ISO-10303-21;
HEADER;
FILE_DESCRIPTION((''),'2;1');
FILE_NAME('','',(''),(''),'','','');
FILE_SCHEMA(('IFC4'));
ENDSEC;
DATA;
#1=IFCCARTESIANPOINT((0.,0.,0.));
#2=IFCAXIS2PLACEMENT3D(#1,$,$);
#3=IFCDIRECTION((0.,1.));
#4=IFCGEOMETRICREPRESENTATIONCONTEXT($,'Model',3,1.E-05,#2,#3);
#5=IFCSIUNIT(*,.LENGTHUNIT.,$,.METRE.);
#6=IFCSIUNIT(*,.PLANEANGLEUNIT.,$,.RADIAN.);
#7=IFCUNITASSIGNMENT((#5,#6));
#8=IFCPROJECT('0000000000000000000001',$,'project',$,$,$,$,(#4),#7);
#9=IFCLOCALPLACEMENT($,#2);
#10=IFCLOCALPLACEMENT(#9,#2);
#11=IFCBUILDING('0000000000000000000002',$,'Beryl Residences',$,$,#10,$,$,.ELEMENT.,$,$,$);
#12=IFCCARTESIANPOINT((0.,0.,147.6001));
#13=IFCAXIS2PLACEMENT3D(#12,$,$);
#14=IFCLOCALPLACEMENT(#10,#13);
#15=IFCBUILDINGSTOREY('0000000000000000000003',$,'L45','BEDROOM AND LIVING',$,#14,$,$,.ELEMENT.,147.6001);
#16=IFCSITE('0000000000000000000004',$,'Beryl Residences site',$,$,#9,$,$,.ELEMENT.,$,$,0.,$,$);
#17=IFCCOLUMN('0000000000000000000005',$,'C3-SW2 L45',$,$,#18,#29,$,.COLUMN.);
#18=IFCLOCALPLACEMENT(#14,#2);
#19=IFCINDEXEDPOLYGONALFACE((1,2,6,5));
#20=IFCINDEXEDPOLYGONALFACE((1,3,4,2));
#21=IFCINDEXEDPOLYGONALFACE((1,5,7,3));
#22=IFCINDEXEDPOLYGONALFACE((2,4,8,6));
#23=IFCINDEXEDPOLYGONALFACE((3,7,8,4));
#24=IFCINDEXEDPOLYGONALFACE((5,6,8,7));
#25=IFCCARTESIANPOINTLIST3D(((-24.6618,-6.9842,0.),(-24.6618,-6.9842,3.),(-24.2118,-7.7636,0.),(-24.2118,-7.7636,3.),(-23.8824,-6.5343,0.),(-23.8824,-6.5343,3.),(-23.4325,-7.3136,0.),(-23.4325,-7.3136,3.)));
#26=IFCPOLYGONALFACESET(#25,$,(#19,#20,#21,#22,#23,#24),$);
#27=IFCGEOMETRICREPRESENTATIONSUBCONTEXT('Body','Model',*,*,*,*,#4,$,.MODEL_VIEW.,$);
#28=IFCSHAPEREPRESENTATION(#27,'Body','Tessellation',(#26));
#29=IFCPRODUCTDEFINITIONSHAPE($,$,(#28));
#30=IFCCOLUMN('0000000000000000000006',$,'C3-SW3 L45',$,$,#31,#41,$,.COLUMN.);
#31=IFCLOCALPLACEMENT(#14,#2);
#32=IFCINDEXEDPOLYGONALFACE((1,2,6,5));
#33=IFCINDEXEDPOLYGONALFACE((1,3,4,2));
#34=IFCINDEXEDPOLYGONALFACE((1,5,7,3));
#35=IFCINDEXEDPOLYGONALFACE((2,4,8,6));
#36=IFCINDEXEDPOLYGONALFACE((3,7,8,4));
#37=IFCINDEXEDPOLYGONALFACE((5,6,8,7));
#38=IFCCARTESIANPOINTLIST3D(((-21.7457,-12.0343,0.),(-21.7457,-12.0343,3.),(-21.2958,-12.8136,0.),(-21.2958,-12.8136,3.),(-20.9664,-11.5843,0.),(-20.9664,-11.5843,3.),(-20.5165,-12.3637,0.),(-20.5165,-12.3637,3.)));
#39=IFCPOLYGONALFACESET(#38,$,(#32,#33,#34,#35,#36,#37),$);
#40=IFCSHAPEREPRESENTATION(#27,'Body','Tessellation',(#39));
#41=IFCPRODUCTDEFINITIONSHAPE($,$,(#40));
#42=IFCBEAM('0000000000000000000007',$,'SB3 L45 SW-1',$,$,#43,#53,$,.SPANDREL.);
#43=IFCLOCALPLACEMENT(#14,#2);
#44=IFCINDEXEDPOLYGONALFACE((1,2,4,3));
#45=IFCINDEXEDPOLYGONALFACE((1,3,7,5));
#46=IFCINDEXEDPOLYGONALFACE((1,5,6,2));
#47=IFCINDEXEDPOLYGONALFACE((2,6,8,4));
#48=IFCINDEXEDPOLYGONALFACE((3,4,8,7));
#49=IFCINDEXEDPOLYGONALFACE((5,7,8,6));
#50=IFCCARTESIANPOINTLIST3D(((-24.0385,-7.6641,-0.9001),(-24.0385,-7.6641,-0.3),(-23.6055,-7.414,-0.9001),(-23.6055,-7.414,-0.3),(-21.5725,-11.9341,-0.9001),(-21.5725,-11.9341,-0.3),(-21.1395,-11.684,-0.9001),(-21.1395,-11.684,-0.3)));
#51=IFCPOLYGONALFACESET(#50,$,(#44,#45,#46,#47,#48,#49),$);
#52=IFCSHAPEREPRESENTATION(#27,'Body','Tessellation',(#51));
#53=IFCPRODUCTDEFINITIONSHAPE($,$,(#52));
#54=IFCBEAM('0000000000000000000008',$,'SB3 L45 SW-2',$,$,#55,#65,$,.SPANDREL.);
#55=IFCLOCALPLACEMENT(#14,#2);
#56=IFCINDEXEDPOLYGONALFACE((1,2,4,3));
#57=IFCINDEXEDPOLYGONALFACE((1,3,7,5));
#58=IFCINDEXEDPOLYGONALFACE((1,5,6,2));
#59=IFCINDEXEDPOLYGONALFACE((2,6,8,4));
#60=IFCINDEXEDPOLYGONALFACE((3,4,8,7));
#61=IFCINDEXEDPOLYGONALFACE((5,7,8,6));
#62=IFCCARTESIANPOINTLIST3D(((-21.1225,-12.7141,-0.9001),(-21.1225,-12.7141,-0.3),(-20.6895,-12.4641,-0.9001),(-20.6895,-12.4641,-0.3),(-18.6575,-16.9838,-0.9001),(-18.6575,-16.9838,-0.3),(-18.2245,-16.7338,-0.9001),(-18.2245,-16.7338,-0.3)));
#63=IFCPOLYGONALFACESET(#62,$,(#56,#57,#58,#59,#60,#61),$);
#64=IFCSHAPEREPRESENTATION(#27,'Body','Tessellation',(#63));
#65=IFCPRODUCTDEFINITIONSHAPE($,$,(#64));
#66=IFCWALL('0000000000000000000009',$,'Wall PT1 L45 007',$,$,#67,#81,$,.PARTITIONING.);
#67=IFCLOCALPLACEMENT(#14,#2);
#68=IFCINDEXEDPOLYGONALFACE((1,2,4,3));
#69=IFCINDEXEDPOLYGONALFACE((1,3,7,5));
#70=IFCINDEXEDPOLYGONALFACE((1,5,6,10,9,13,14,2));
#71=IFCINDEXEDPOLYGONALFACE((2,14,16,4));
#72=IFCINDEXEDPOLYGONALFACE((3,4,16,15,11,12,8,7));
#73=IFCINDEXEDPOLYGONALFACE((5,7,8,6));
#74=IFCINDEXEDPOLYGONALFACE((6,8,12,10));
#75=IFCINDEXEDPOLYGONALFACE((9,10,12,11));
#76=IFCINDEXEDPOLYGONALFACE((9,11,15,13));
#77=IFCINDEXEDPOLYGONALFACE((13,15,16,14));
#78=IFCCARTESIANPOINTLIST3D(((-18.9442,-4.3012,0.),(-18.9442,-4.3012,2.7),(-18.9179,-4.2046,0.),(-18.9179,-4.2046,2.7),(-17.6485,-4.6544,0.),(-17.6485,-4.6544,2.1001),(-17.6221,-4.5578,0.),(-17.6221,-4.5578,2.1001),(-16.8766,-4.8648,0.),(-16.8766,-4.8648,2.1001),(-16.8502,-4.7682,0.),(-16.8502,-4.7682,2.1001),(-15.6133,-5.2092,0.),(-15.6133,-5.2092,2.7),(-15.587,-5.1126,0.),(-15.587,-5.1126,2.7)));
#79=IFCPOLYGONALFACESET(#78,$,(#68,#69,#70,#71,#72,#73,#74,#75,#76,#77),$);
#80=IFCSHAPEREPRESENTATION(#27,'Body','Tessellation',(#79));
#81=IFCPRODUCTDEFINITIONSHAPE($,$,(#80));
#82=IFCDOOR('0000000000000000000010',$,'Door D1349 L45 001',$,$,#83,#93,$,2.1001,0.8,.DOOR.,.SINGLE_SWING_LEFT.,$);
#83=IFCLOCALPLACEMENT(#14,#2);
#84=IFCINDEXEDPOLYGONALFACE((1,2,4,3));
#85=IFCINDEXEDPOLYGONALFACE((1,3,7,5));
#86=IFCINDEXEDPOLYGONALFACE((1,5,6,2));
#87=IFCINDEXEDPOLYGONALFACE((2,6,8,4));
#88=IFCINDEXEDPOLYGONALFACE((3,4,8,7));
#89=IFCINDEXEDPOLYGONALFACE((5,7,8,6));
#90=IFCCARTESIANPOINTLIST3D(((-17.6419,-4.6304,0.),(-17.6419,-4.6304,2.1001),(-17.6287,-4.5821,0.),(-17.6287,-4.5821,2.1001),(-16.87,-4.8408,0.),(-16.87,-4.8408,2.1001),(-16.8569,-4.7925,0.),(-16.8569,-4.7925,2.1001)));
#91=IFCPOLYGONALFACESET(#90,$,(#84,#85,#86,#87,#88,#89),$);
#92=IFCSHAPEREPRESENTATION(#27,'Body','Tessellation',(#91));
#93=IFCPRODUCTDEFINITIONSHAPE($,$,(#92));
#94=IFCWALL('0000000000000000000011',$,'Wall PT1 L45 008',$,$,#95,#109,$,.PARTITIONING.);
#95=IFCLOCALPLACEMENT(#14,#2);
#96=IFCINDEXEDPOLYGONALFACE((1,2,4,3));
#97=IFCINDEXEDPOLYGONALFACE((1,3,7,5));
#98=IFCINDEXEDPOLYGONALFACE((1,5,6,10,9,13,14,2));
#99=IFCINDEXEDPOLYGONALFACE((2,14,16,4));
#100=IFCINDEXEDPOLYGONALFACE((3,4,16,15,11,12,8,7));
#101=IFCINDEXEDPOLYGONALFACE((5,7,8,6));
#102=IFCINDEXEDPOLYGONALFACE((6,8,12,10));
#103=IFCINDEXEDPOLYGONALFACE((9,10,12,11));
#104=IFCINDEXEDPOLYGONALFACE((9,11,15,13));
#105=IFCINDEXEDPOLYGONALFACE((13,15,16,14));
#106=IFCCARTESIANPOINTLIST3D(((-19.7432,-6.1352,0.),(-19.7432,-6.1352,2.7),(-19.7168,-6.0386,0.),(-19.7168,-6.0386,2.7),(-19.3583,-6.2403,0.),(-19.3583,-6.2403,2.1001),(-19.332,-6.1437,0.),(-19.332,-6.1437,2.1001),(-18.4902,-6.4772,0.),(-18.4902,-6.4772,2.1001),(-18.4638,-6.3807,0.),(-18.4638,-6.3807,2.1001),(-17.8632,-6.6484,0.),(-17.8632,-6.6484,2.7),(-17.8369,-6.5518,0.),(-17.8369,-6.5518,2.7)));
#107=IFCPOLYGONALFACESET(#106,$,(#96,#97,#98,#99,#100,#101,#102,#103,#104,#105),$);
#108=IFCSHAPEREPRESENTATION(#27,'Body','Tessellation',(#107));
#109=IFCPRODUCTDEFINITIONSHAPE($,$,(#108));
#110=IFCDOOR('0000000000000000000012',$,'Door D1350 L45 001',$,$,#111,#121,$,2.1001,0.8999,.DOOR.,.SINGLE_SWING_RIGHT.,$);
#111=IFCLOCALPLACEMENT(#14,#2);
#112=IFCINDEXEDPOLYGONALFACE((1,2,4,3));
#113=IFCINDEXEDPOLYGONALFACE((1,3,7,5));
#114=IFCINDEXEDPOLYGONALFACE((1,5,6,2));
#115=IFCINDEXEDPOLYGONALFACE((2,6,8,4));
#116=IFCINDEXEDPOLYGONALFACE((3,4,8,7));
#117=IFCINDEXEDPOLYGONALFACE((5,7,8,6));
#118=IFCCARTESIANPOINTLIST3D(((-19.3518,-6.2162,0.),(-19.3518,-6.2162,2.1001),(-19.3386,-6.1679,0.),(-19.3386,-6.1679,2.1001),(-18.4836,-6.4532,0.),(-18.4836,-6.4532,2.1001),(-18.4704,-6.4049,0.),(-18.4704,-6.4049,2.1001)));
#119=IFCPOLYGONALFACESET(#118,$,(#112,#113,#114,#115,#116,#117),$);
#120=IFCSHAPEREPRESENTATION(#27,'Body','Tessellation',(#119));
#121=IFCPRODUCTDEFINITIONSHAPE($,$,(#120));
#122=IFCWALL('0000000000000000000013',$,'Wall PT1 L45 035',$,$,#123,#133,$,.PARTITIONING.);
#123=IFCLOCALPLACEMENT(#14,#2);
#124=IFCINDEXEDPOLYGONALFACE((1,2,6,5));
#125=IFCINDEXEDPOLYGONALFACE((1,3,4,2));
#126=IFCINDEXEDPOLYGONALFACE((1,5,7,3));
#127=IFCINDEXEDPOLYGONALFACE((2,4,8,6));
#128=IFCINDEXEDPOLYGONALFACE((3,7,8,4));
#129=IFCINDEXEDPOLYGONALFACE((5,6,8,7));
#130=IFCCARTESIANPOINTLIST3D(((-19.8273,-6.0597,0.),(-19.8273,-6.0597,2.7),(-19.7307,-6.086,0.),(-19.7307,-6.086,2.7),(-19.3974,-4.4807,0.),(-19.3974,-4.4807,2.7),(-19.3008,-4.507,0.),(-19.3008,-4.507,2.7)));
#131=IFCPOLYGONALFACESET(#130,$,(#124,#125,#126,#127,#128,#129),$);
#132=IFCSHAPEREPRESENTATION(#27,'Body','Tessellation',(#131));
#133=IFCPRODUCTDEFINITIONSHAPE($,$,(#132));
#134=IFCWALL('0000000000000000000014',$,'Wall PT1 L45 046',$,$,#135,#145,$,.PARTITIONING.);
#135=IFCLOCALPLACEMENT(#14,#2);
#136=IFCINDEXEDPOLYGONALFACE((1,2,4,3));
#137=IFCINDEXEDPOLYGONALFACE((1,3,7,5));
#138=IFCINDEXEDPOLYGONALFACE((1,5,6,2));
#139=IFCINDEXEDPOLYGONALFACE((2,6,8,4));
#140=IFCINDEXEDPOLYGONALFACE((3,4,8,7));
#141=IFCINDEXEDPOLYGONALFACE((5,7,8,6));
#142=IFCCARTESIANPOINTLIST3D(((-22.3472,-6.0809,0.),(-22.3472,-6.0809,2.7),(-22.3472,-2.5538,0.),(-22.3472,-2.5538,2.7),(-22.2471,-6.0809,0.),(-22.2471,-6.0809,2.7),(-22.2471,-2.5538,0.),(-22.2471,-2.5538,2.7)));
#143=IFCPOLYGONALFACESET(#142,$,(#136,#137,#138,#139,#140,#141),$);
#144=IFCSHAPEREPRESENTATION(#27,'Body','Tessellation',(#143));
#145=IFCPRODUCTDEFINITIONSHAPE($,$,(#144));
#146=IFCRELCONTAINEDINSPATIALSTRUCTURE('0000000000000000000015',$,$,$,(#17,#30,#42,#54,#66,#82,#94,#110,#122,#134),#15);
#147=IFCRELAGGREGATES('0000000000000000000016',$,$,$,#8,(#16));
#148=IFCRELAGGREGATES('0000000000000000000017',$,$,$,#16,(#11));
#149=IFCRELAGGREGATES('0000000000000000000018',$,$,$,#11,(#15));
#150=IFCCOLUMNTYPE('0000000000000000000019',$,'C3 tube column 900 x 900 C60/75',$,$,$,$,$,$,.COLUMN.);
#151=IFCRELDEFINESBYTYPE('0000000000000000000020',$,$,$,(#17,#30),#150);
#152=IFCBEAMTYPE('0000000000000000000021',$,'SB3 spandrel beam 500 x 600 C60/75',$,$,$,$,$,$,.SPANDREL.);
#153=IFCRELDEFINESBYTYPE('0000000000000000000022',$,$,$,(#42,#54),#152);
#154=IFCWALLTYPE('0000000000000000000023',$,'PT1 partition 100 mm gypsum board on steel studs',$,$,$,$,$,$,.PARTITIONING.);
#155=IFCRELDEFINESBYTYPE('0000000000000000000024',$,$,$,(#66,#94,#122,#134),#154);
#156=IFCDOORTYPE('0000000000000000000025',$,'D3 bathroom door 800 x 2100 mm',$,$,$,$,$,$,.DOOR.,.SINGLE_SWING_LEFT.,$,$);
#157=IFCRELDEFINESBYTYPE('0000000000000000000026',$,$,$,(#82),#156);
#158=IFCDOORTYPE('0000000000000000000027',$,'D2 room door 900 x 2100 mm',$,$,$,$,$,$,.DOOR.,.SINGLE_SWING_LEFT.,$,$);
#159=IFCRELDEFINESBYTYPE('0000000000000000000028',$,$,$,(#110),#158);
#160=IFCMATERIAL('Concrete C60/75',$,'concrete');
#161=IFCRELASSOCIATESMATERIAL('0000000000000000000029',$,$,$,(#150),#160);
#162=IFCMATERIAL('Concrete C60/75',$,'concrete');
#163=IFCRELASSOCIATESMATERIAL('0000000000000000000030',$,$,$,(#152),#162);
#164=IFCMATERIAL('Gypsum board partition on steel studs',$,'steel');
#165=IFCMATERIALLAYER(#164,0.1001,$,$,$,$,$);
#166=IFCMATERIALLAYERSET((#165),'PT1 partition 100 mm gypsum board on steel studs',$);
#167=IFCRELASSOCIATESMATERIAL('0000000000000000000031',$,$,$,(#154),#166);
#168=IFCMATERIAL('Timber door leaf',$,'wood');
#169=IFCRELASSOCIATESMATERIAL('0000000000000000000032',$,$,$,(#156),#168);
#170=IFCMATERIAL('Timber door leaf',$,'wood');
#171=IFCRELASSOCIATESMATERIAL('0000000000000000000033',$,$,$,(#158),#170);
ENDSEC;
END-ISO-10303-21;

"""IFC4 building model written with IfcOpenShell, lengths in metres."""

from ifc_helpers import new_model, si_unit, direction, frame, frame_2d, origin, origin_2d, place, context, subcontext, project, spatial, rectangle, extrude, material, layer, layer_set, material_profile, profile_set, type_object, element, fill, save


model = new_model("IFC4")

# Units and contexts
model_context = context("Model", 3, precision=1e-05, world=origin(), true_north=direction((0.0, 1.0)))
body_context = subcontext(model_context, "Body", "Model", "MODEL_VIEW")
ifc_project = project(units=[si_unit("LENGTHUNIT", "METRE"), si_unit("PLANEANGLEUNIT", "RADIAN")], contexts=[model_context])

# Site, building, storey
site_placement = place(None, origin())
site = spatial("IfcSite", under=ifc_project, at=site_placement, Name="Beryl Residences site", CompositionType="ELEMENT", RefElevation=0.0)
building_placement = place(site_placement, origin())
building = spatial("IfcBuilding", under=site, at=building_placement, Name="Beryl Residences", CompositionType="ELEMENT")
storey_placement = place(building_placement, frame((0.0, 0.0, 147.6001)))
storey = spatial("IfcBuildingStorey", under=building, at=storey_placement, Name="L45", Description="BEDROOM AND LIVING", CompositionType="ELEMENT", Elevation=147.6001)

# Columns
ifc_material_1 = material(Name="Concrete C60/75", Category="concrete")
ifc_material_profile_1 = material_profile(ifc_material_1, rectangle(XDim=0.8999, YDim=0.8999, at=origin_2d()))
ifc_profile_set_1 = profile_set([ifc_material_profile_1], Name="Concrete C60/75")
column_type = type_object("IfcColumnType", Name="C3 tube column 900 x 900 C60/75", PredefinedType="COLUMN", material=ifc_profile_set_1)
for number, where, z_axis, x_axis, name in (
    (1, (-24.0471, -7.1489, 0.0), (0.0, 0.0, 1.0), (0.5, -0.866025, 0.0), "C3-SW2 L45"),
    (2, (-21.1311, -12.199, 0.0), (0.0, 0.0, 1.0), (0.5, -0.866025, 0.0), "C3-SW3 L45"),
):
    element("IfcColumn", number, at=place(storey_placement, frame(where, z_axis=z_axis, x_axis=x_axis)), inside=storey, type_object=column_type, Name=name, PredefinedType="COLUMN", context=body_context, shape_type="SweptSolid", body=[
        extrude(rectangle(XDim=0.8999, YDim=0.8999, at=origin_2d()), origin(), (0.0, 0.0, 1.0), 3.0),
    ])

# Beams
ifc_material_2 = material(Name="Concrete C60/75", Category="concrete")
ifc_material_profile_2 = material_profile(ifc_material_2, rectangle(XDim=0.5, YDim=0.6001, at=origin_2d()))
ifc_profile_set_2 = profile_set([ifc_material_profile_2], Name="Concrete C60/75")
beam_type = type_object("IfcBeamType", Name="SB3 spandrel beam 500 x 600 C60/75", PredefinedType="SPANDREL", material=ifc_profile_set_2)
beam_1_placement = place(storey_placement, frame((-23.822, -7.5391, -0.6001), z_axis=(0.500117, -0.865958, 0.0), x_axis=(0.865958, 0.500117, 0.0)))
element("IfcBeam", 3, at=beam_1_placement, inside=storey, type_object=beam_type, Name="SB3 L45 SW-1", PredefinedType="SPANDREL", context=body_context, shape_type="SweptSolid", body=[
    extrude(rectangle(XDim=0.5, YDim=0.6001, at=origin_2d()), origin(), (0.0, 0.0, 1.0), 4.9309),
])
beam_2_placement = place(storey_placement, frame((-20.906, -12.5891, -0.6001), z_axis=(0.49999, -0.866031, 0.0), x_axis=(0.866031, 0.49999, 0.0)))
element("IfcBeam", 4, at=beam_2_placement, inside=storey, type_object=beam_type, Name="SB3 L45 SW-2", PredefinedType="SPANDREL", context=body_context, shape_type="SweptSolid", body=[
    extrude(rectangle(XDim=0.5, YDim=0.6001, at=origin_2d()), origin(), (0.0, 0.0, 1.0), 4.9302),
])

# Walls, openings, doors
ifc_material_3 = material(Name="Gypsum board partition on steel studs", Category="steel")
ifc_layer_1 = layer(ifc_material_3, 0.1001)
ifc_layer_set_1 = layer_set([ifc_layer_1], Name="PT1 partition 100 mm gypsum board on steel studs")
wall_type_1 = type_object("IfcWallType", Name="PT1 partition 100 mm gypsum board on steel studs", PredefinedType="PARTITIONING", material=ifc_layer_set_1)
wall_1_placement = place(storey_placement, frame((-18.9309, -4.2529, 0.0), z_axis=(0.0, 0.0, 1.0), x_axis=(0.964796, -0.262998, 0.0)))
wall_1 = element("IfcWall", 5, at=wall_1_placement, inside=storey, type_object=wall_type_1, Name="Wall PT1 L45 007", PredefinedType="PARTITIONING", context=body_context, shape_type="SweptSolid", body=[
    extrude(rectangle(XDim=3.4524, YDim=0.1001, at=frame_2d((1.7261, 0.0))), origin(), (0.0, 0.0, 1.0), 2.7),
])
opening_1_placement = place(wall_1_placement, frame((1.343, 0.0, 0.0)))
opening_1 = element("IfcOpeningElement", 6, at=opening_1_placement, cuts=wall_1, PredefinedType="OPENING", context=body_context, shape_type="SweptSolid", body=[
    extrude(rectangle(XDim=0.8, YDim=2.1001, at=frame_2d((0.3999, 1.05))), frame((0.0, 0.0601, 0.0), z_axis=(0.0, -1.0, 0.0), x_axis=(1.0, 0.0, 0.0)), (0.0, 0.0, 1.0), 0.1201),
])
ifc_material_4 = material(Name="Timber door leaf", Category="wood")
door_type_1 = type_object("IfcDoorType", Name="D3 bathroom door 800 x 2100 mm", OperationType="SINGLE_SWING_LEFT", PredefinedType="DOOR", material=ifc_material_4)
door_1_placement = place(opening_1_placement, origin())
door_1 = element("IfcDoor", 7, at=door_1_placement, inside=storey, type_object=door_type_1, Name="Door D1349 L45 001", OperationType="SINGLE_SWING_LEFT", OverallHeight=2.1001, OverallWidth=0.8, PredefinedType="DOOR", context=body_context, shape_type="SweptSolid", body=[
    extrude(rectangle(XDim=0.8, YDim=2.1001, at=frame_2d((0.3999, 1.05))), frame((0.0, 0.0249, 0.0), z_axis=(0.0, -1.0, 0.0), x_axis=(1.0, 0.0, 0.0)), (0.0, 0.0, 1.0), 0.05),
])
fill(opening_1, door_1)
wall_2_placement = place(storey_placement, frame((-19.73, -6.0869, 0.0), z_axis=(0.0, 0.0, 1.0), x_axis=(0.9647, -0.263351, 0.0)))
wall_2 = element("IfcWall", 8, at=wall_2_placement, inside=storey, type_object=wall_type_1, Name="Wall PT1 L45 008", PredefinedType="PARTITIONING", context=body_context, shape_type="SweptSolid", body=[
    extrude(rectangle(XDim=1.9487, YDim=0.1001, at=frame_2d((0.9744, 0.0))), origin(), (0.0, 0.0, 1.0), 2.7),
])
opening_2_placement = place(wall_2_placement, frame((0.3989, 0.0, 0.0)))
opening_2 = element("IfcOpeningElement", 9, at=opening_2_placement, cuts=wall_2, PredefinedType="OPENING", context=body_context, shape_type="SweptSolid", body=[
    extrude(rectangle(XDim=0.8999, YDim=2.1001, at=frame_2d((0.45, 1.05))), frame((0.0, 0.0601, 0.0), z_axis=(0.0, -1.0, 0.0), x_axis=(1.0, 0.0, 0.0)), (0.0, 0.0, 1.0), 0.1201),
])
ifc_material_5 = material(Name="Timber door leaf", Category="wood")
door_type_2 = type_object("IfcDoorType", Name="D2 room door 900 x 2100 mm", OperationType="SINGLE_SWING_LEFT", PredefinedType="DOOR", material=ifc_material_5)
door_2_placement = place(opening_2_placement, origin())
door_2 = element("IfcDoor", 10, at=door_2_placement, inside=storey, type_object=door_type_2, Name="Door D1350 L45 001", OperationType="SINGLE_SWING_RIGHT", OverallHeight=2.1001, OverallWidth=0.8999, PredefinedType="DOOR", context=body_context, shape_type="SweptSolid", body=[
    extrude(rectangle(XDim=0.8999, YDim=2.1001, at=frame_2d((0.45, 1.05))), frame((0.0, 0.0249, 0.0), z_axis=(0.0, -1.0, 0.0), x_axis=(1.0, 0.0, 0.0)), (0.0, 0.0, 1.0), 0.05),
])
fill(opening_2, door_2)

# Walls
wall_3_placement = place(storey_placement, frame((-19.7791, -6.073, 0.0), z_axis=(0.0, 0.0, 1.0), x_axis=(0.262701, 0.964877, 0.0)))
element("IfcWall", 11, at=wall_3_placement, inside=storey, type_object=wall_type_1, Name="Wall PT1 L45 035", PredefinedType="PARTITIONING", context=body_context, shape_type="SweptSolid", body=[
    extrude(rectangle(XDim=1.6365, YDim=0.1001, at=frame_2d((0.8184, 0.0))), origin(), (0.0, 0.0, 1.0), 2.7),
])
wall_4_placement = place(storey_placement, frame((-22.2971, -6.0811, 0.0), z_axis=(0.0, 0.0, 1.0), x_axis=(0.0, 1.0, 0.0)))
element("IfcWall", 12, at=wall_4_placement, inside=storey, type_object=wall_type_1, Name="Wall PT1 L45 046", PredefinedType="PARTITIONING", context=body_context, shape_type="SweptSolid", body=[
    extrude(rectangle(XDim=3.5271, YDim=0.1001, at=frame_2d((1.7637, 0.0))), origin(), (0.0, 0.0, 1.0), 2.7),
])

save(model, "model.ifc")
